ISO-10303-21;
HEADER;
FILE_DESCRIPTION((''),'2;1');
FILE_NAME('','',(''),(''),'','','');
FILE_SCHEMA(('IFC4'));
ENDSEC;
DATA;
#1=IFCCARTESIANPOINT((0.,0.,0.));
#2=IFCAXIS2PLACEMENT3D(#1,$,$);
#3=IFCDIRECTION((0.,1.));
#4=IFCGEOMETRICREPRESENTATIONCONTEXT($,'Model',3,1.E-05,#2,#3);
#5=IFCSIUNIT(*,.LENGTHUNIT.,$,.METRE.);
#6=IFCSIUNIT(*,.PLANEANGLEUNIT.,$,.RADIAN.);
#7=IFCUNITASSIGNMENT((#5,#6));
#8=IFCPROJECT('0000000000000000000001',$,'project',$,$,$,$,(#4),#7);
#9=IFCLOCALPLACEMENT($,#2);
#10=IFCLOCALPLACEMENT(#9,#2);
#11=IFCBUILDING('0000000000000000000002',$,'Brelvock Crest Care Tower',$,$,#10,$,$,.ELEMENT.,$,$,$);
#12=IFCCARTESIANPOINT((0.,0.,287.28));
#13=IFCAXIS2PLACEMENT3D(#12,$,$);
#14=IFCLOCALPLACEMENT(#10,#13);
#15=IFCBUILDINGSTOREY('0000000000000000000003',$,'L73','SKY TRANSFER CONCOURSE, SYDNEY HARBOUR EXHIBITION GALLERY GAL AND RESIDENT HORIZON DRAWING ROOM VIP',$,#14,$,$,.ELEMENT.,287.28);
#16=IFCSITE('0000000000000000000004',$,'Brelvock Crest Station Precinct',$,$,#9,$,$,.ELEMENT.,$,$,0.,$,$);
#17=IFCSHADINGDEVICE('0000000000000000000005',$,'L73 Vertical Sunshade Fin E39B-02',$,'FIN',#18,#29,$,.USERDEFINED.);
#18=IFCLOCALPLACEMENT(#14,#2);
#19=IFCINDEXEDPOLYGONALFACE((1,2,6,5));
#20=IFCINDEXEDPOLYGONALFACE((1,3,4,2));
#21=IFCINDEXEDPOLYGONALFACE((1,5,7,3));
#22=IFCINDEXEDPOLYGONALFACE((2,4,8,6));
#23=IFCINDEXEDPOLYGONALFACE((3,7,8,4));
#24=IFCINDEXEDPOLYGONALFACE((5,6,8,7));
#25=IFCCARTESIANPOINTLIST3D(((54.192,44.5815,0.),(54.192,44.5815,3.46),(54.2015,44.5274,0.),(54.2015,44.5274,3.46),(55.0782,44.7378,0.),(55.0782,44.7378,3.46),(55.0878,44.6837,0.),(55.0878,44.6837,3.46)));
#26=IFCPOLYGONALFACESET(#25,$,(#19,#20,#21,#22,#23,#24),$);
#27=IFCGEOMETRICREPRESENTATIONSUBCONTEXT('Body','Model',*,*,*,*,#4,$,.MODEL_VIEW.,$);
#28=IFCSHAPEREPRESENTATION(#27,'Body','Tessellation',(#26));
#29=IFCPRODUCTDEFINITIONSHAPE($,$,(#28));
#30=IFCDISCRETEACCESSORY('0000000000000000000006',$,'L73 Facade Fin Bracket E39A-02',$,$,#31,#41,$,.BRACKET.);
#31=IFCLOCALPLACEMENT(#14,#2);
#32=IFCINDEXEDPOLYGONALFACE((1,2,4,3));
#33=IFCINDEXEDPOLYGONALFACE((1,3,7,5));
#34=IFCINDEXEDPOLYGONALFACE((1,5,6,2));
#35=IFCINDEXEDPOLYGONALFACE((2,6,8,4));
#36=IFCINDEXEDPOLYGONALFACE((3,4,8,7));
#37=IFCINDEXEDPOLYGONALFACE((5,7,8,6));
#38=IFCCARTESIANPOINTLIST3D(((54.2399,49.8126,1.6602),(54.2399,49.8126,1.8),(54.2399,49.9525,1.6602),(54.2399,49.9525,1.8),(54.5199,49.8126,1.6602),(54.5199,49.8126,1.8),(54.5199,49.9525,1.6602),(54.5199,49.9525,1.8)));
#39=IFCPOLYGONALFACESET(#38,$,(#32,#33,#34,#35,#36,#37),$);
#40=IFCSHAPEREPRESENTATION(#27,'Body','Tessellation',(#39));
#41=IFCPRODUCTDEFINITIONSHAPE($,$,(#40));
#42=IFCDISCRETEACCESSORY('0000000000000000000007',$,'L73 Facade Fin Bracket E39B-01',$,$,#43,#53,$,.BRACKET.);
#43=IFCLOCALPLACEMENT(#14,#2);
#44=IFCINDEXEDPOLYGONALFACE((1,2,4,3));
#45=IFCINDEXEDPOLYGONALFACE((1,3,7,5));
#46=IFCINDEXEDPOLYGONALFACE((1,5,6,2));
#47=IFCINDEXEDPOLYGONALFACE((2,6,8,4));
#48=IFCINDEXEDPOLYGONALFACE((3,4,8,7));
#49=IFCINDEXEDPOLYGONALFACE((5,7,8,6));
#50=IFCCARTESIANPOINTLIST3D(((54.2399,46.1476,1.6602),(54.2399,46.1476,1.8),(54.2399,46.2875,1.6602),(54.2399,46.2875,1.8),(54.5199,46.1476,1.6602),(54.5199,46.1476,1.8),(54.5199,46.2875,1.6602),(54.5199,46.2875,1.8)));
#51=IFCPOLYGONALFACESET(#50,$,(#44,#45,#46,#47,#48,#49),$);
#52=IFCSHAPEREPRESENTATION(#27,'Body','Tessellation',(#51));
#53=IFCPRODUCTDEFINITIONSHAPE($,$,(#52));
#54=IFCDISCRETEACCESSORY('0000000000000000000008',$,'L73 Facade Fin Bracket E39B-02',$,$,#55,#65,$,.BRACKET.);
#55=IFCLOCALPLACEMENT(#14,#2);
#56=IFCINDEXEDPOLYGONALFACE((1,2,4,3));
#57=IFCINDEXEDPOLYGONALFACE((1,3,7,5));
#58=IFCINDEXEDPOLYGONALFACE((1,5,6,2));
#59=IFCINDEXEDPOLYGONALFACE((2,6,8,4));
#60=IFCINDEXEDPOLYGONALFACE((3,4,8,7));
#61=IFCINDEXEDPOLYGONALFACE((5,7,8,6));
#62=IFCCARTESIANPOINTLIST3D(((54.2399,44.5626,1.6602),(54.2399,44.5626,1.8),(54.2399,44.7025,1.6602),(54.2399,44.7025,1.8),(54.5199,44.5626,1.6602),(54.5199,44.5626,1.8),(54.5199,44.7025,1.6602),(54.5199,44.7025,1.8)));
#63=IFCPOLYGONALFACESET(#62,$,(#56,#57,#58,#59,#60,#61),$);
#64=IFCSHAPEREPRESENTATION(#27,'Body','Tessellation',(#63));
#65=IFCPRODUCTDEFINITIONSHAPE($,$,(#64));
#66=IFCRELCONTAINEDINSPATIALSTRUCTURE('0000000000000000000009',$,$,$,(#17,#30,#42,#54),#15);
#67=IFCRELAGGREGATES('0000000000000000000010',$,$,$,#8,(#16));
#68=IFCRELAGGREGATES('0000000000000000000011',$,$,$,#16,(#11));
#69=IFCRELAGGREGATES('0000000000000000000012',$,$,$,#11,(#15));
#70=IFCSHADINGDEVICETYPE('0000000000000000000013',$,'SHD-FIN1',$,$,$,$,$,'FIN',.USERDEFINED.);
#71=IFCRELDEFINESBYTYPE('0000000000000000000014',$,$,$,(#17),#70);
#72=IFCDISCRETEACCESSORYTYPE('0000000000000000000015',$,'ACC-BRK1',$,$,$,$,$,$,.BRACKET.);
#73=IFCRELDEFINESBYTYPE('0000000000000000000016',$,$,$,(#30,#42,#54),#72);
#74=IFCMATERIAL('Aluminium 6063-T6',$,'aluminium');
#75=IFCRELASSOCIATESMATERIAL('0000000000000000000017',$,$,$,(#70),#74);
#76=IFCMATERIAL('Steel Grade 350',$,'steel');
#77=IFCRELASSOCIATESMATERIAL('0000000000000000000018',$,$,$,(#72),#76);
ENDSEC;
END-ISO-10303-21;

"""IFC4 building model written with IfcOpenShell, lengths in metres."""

from ifc_helpers import new_model, si_unit, direction, frame, origin, origin_2d, place, context, subcontext, project, spatial, rectangle, extrude, source, transform, mapped, material, material_profile, profile_set, type_object, element, save


model = new_model("IFC4")

# Units and contexts
model_context = context("Model", 3, precision=1e-05, world=origin(), true_north=direction((0.0, 1.0)))
body_context = subcontext(model_context, "Body", "Model", "MODEL_VIEW")
ifc_project = project(units=[si_unit("LENGTHUNIT", "METRE"), si_unit("PLANEANGLEUNIT", "RADIAN")], contexts=[model_context])

# Site, building, storey
site_placement = place(None, origin())
site = spatial("IfcSite", under=ifc_project, at=site_placement, Name="Brelvock Crest Station Precinct", CompositionType="ELEMENT", RefElevation=0.0)
building_placement = place(site_placement, origin())
building = spatial("IfcBuilding", under=site, at=building_placement, Name="Brelvock Crest Care Tower", CompositionType="ELEMENT")
storey_placement = place(building_placement, frame((0.0, 0.0, 287.28)))
storey = spatial("IfcBuildingStorey", under=building, at=storey_placement, Name="L73", Description="SKY TRANSFER CONCOURSE, SYDNEY HARBOUR EXHIBITION GALLERY GAL AND RESIDENT HORIZON DRAWING ROOM VIP", CompositionType="ELEMENT", Elevation=287.28)

# Shared definitions
ifc_material_1 = material(Name="Steel Grade 350", Category="steel")

# Shared definitions
ifc_material_2 = material(Name="Aluminium 6063-T6", Category="aluminium")

# Shading device
ifc_material_profile_1 = material_profile(ifc_material_2, rectangle(XDim=0.0549, YDim=0.8999, at=origin_2d()), Name="FIN55x900")
ifc_profile_set_1 = profile_set([ifc_material_profile_1], Name="Aluminium 6063-T6")
shading_device_type = type_object("IfcShadingDeviceType", Name="SHD-FIN1", ElementType="FIN", PredefinedType="USERDEFINED", material=ifc_profile_set_1)
shared_shape_1 = source(origin(), body_context, "Body", "SweptSolid", [
    extrude(rectangle(XDim=0.0549, YDim=0.8999, at=origin_2d()), origin(), (0.0, 0.0, 1.0), 3.46),
])
for number, where, z_axis, x_axis, name in (
    (1, (54.6399, 44.6326, 0.0), (0.0, 0.0, 1.0), (0.173648, -0.984808, 0.0), "L73 Vertical Sunshade Fin E39B-02"),
):
    element("IfcShadingDevice", number, at=place(storey_placement, frame(where, z_axis=z_axis, x_axis=x_axis)), inside=storey, type_object=shading_device_type, Name=name, ObjectType="FIN", PredefinedType="USERDEFINED", context=body_context, shape_type="MappedRepresentation", body=[
        mapped(shared_shape_1, transform((0.0, 0.0, 0.0), x_axis=(1.0, 0.0, 0.0), y_axis=(0.0, 1.0, 0.0), z_axis=(0.0, 0.0, 1.0), scale=1.0)),
    ])

# Discrete accessories
discrete_accessory_type = type_object("IfcDiscreteAccessoryType", Name="ACC-BRK1", PredefinedType="BRACKET", material=ifc_material_1)
shared_shape_2 = source(origin(), body_context, "Body", "SweptSolid", [
    extrude(rectangle(XDim=0.28, YDim=0.1399, at=origin_2d()), origin(), (0.0, 0.0, 1.0), 0.1399),
])
for number, where, z_axis, x_axis, name in (
    (2, (54.3799, 49.8826, 1.6602), (0.0, 0.0, 1.0), (1.0, 0.0, 0.0), "L73 Facade Fin Bracket E39A-02"),
    (3, (54.3799, 46.2175, 1.6602), (0.0, 0.0, 1.0), (1.0, 0.0, 0.0), "L73 Facade Fin Bracket E39B-01"),
    (4, (54.3799, 44.6326, 1.6602), (0.0, 0.0, 1.0), (1.0, 0.0, 0.0), "L73 Facade Fin Bracket E39B-02"),
):
    element("IfcDiscreteAccessory", number, at=place(storey_placement, frame(where, z_axis=z_axis, x_axis=x_axis)), inside=storey, type_object=discrete_accessory_type, Name=name, PredefinedType="BRACKET", context=body_context, shape_type="MappedRepresentation", body=[
        mapped(shared_shape_2, transform((0.0, 0.0, 0.0), x_axis=(1.0, 0.0, 0.0), y_axis=(0.0, 1.0, 0.0), z_axis=(0.0, 0.0, 1.0), scale=1.0)),
    ])

save(model, "model.ifc")
